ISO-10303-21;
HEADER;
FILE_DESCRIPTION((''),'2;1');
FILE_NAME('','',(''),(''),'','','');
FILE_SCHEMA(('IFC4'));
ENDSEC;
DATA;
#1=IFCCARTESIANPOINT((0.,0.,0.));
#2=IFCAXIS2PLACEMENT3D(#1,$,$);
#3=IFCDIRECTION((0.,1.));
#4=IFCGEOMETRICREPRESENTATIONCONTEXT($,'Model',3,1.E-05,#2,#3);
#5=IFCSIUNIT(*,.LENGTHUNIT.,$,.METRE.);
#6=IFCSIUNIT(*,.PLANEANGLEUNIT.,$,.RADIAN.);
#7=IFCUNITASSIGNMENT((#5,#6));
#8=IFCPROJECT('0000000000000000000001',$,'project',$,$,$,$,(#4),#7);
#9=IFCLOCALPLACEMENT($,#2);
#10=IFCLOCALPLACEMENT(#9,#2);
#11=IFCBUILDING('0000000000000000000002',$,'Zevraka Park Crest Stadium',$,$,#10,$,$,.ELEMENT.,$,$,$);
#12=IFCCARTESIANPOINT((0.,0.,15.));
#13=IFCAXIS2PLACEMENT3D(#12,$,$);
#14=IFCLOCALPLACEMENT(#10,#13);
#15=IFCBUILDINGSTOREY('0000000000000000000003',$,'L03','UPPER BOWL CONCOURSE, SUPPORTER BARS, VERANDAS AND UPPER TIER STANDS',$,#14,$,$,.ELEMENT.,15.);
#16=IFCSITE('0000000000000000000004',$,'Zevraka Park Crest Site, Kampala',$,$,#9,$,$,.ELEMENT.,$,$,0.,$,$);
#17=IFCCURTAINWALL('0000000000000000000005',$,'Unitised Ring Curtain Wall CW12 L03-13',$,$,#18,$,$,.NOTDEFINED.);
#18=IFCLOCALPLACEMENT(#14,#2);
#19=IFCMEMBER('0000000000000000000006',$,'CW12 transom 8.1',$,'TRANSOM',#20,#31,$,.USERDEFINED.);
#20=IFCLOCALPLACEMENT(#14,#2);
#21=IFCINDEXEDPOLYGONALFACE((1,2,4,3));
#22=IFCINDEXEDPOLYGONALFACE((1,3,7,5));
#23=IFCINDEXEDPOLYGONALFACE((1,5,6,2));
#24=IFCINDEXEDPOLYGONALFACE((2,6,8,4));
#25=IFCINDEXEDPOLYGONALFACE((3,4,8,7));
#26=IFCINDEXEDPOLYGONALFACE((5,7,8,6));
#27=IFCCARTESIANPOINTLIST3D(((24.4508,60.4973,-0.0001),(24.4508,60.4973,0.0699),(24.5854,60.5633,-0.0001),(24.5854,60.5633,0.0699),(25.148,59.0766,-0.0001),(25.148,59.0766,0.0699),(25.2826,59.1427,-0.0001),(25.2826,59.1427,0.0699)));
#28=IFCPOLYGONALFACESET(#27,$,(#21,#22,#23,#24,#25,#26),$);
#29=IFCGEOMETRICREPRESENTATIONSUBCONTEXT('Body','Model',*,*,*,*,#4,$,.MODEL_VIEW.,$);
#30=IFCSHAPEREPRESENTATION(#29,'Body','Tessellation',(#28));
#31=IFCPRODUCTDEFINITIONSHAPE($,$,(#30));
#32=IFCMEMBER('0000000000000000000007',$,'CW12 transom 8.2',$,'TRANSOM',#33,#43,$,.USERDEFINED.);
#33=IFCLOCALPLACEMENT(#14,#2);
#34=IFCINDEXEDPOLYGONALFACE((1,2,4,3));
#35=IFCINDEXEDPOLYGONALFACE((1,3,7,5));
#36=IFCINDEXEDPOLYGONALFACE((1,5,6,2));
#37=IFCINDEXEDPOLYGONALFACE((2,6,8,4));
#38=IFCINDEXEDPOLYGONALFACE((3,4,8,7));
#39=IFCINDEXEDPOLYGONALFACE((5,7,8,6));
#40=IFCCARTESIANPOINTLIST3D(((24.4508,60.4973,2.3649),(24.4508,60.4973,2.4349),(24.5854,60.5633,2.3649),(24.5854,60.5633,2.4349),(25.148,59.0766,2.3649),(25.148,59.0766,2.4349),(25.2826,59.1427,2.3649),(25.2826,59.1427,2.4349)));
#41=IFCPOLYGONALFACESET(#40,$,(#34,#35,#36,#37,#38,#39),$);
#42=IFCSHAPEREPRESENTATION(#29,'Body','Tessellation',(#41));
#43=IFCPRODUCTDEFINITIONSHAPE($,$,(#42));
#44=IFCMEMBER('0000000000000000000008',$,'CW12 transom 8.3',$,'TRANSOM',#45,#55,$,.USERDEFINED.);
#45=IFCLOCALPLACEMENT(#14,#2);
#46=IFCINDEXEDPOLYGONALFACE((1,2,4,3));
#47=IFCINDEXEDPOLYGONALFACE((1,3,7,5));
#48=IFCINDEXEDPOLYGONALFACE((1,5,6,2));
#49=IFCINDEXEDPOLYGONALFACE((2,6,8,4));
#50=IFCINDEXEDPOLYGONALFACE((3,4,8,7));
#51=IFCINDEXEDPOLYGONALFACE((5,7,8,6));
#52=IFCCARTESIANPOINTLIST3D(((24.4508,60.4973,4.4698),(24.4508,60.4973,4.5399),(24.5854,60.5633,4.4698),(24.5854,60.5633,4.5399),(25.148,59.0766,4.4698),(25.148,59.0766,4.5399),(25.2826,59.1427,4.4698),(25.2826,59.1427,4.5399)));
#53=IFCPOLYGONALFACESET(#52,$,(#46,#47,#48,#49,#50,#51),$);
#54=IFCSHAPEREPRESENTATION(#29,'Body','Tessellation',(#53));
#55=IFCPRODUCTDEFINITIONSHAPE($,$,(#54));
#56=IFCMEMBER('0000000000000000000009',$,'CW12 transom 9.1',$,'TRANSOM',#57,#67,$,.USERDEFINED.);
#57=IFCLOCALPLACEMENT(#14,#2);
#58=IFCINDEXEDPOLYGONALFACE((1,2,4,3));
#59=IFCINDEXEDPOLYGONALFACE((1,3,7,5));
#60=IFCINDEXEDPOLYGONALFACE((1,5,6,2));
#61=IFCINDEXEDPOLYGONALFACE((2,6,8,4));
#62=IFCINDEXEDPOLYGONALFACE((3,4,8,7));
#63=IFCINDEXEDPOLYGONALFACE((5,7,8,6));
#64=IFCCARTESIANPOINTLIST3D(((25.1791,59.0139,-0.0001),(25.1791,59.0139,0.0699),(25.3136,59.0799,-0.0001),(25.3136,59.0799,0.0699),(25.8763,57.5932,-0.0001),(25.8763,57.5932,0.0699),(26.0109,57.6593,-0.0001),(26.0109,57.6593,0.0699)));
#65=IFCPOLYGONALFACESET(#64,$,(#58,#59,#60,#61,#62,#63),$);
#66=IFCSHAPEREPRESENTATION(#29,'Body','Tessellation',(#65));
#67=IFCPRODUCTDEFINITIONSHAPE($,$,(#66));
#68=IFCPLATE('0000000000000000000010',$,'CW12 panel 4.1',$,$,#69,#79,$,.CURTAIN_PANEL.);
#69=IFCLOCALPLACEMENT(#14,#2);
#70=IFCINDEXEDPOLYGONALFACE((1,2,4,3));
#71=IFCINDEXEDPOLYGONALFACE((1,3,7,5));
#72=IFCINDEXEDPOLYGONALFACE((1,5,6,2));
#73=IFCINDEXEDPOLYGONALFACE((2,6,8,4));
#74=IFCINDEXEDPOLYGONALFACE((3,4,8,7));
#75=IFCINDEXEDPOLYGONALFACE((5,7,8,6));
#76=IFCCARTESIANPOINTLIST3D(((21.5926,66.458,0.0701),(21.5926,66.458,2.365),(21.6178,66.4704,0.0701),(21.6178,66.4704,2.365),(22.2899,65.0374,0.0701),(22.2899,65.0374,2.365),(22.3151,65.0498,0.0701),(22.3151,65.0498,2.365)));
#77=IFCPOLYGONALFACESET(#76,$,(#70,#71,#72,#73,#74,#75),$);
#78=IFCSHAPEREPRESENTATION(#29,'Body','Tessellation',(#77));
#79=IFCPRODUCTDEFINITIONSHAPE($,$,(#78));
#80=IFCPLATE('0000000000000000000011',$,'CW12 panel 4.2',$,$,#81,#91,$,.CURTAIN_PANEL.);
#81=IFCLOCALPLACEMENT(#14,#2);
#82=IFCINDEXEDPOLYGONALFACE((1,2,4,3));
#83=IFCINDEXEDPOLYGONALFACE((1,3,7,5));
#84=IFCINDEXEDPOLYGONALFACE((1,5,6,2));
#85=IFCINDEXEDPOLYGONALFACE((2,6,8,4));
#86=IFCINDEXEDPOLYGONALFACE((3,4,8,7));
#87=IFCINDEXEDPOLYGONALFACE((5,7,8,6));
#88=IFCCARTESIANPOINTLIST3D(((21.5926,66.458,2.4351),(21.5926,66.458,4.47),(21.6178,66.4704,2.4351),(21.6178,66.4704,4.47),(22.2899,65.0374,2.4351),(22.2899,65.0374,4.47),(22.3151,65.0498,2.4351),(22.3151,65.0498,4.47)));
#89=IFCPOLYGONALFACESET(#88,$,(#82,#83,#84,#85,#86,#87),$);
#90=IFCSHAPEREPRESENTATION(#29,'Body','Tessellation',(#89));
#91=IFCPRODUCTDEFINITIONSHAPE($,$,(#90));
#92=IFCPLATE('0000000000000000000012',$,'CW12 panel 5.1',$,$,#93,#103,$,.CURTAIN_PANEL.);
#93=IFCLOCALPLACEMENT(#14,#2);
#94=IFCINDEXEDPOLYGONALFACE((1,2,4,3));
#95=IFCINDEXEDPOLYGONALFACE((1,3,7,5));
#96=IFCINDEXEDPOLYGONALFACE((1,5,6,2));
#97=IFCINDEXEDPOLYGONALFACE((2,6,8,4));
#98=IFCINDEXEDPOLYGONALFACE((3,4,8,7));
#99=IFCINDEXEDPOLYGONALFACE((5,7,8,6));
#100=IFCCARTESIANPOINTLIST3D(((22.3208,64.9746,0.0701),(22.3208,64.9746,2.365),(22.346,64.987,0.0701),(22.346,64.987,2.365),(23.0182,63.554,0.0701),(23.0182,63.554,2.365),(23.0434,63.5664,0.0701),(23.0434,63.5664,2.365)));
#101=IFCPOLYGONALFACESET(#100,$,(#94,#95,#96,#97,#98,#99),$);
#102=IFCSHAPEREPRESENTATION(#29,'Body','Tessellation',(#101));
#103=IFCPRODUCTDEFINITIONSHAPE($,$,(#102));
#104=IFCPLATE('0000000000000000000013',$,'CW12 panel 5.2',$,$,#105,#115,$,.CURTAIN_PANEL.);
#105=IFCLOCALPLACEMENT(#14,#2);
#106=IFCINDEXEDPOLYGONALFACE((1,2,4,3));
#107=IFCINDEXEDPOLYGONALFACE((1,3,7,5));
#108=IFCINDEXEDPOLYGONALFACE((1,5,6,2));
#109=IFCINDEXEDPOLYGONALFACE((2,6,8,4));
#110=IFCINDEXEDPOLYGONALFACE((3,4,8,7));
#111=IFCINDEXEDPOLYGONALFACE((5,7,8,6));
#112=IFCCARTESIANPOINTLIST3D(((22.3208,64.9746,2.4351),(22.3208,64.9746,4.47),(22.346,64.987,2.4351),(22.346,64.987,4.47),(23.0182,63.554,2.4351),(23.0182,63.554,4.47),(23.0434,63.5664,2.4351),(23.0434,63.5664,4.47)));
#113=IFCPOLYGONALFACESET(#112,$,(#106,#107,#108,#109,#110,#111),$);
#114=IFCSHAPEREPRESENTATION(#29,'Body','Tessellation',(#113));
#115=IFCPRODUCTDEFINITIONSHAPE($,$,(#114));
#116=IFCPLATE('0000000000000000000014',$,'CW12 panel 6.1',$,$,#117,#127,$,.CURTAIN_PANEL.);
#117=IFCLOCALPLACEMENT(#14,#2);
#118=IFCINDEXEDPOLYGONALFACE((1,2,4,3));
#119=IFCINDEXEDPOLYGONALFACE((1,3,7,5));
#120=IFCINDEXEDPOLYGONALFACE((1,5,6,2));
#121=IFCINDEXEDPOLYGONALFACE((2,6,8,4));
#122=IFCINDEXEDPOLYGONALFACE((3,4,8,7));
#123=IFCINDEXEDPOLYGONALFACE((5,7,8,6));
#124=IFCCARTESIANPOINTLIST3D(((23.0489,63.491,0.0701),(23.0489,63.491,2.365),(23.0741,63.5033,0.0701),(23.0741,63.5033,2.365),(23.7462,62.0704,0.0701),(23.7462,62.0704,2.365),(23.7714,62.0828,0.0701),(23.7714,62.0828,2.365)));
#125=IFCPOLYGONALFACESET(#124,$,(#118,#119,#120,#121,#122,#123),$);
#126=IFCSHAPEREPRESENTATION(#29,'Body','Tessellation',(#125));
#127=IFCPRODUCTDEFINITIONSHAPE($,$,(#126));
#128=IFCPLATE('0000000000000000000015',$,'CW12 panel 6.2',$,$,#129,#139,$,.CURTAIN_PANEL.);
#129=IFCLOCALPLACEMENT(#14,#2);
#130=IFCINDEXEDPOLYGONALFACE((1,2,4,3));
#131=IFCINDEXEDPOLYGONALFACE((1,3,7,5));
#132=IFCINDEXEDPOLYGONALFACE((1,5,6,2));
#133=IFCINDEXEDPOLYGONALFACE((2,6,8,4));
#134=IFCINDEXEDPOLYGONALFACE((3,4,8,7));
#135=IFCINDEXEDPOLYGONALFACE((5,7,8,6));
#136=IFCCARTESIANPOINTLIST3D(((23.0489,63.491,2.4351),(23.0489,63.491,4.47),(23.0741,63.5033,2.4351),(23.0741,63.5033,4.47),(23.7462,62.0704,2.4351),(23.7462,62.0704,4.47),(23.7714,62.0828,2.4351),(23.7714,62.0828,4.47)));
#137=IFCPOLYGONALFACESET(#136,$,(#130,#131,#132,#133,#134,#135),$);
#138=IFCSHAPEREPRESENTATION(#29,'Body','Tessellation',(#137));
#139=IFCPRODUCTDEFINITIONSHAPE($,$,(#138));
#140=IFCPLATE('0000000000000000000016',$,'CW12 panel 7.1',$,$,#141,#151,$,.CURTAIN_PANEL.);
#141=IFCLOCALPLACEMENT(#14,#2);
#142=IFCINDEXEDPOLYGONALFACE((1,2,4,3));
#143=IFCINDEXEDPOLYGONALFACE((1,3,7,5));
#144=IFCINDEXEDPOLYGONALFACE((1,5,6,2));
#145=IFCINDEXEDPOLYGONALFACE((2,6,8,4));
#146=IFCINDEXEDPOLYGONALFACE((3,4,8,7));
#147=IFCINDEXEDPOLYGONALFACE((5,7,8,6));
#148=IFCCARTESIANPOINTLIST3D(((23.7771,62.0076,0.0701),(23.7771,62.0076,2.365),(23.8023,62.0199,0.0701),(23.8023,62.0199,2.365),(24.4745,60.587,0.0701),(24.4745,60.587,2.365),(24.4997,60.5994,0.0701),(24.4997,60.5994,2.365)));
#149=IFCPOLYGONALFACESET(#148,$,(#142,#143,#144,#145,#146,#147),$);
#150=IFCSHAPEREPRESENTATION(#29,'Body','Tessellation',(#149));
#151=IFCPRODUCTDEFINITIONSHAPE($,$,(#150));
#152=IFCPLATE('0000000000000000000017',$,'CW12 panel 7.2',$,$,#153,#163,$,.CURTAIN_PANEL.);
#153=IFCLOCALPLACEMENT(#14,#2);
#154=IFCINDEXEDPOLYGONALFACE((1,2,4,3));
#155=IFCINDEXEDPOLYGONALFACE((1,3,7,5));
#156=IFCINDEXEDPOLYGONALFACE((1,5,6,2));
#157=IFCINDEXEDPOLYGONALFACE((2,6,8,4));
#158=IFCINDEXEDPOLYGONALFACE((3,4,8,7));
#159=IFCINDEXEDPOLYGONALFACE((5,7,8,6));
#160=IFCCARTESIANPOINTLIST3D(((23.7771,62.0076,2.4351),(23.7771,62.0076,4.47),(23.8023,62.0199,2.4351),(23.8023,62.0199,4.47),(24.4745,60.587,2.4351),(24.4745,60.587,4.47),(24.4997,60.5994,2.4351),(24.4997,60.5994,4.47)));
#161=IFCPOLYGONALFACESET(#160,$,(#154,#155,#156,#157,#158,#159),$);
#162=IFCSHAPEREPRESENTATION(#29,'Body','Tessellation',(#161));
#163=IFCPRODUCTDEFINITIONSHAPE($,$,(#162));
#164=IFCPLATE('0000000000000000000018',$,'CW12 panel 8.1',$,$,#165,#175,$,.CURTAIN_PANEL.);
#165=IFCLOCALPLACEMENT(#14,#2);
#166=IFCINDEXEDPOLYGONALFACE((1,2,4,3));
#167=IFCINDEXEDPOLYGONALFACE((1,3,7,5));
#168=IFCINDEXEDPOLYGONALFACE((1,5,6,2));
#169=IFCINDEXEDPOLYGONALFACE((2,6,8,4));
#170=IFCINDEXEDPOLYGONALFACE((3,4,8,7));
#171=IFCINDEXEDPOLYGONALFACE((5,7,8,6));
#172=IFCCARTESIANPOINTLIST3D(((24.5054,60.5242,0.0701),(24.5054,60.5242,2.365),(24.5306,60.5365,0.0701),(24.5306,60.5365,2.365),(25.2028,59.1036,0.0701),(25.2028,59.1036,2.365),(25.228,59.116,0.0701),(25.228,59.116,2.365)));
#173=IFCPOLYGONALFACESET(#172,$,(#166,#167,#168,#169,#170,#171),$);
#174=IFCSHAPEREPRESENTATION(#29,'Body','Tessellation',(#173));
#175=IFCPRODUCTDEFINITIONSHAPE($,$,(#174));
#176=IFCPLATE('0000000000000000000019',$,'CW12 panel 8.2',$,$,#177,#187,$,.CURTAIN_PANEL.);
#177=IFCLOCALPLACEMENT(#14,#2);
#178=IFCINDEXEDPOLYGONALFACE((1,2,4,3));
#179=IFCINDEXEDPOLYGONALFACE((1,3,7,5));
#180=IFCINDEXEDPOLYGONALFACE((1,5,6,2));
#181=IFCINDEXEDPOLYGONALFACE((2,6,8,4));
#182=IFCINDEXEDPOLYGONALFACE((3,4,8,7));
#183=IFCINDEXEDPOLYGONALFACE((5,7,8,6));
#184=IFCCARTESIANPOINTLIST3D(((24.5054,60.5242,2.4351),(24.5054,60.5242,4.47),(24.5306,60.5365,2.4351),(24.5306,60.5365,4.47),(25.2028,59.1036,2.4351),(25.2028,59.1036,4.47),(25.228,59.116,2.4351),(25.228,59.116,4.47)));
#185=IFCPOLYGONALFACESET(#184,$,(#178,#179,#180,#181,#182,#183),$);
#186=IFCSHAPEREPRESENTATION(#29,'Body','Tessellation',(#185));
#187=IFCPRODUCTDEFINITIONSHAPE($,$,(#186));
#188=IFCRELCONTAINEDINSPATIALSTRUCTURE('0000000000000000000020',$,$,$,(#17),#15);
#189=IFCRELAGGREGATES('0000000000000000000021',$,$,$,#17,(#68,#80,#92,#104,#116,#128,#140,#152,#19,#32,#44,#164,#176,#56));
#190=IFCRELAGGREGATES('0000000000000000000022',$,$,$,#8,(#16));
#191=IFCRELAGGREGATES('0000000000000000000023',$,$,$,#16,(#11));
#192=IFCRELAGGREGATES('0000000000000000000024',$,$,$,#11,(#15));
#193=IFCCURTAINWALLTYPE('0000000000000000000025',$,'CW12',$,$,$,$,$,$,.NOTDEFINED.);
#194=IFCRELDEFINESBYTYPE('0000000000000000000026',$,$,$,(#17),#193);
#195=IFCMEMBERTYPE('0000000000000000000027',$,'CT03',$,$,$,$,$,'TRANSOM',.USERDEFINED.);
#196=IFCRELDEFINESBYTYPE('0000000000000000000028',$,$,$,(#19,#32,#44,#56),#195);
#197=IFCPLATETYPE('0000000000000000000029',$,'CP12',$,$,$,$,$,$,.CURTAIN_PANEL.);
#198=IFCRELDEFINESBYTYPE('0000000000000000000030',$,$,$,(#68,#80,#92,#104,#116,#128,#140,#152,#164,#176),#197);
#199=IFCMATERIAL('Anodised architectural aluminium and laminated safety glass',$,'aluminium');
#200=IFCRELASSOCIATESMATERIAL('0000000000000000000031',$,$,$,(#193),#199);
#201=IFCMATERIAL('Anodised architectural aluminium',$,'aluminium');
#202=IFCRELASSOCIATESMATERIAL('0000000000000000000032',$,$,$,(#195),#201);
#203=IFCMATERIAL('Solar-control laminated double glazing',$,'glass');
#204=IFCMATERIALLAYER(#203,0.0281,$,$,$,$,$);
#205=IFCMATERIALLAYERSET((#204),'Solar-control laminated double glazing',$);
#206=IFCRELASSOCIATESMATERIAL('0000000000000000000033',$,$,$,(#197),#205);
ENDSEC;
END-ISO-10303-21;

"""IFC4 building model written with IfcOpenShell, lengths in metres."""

from ifc_helpers import new_model, si_unit, direction, frame, origin, origin_2d, place, context, subcontext, project, spatial, rectangle, extrude, material, layer, layer_set, material_profile, profile_set, type_object, element, aggregate, save


model = new_model("IFC4")

# Units and contexts
model_context = context("Model", 3, precision=1e-05, world=origin(), true_north=direction((0.0, 1.0)))
body_context = subcontext(model_context, "Body", "Model", "MODEL_VIEW")
ifc_project = project(units=[si_unit("LENGTHUNIT", "METRE"), si_unit("PLANEANGLEUNIT", "RADIAN")], contexts=[model_context])

# Site, building, storey
site_placement = place(None, origin())
site = spatial("IfcSite", under=ifc_project, at=site_placement, Name="Zevraka Park Crest Site, Kampala", CompositionType="ELEMENT", RefElevation=0.0)
building_placement = place(site_placement, origin())
building = spatial("IfcBuilding", under=site, at=building_placement, Name="Zevraka Park Crest Stadium", CompositionType="ELEMENT")
storey_placement = place(building_placement, frame((0.0, 0.0, 15.0)))
storey = spatial("IfcBuildingStorey", under=building, at=storey_placement, Name="L03", Description="UPPER BOWL CONCOURSE, SUPPORTER BARS, VERANDAS AND UPPER TIER STANDS", CompositionType="ELEMENT", Elevation=15.0)

# Curtain wall, members, plates
ifc_material_1 = material(Name="Anodised architectural aluminium and laminated safety glass", Category="aluminium")
curtain_wall_type = type_object("IfcCurtainWallType", Name="CW12", PredefinedType="NOTDEFINED", material=ifc_material_1)
curtain_wall_placement = place(storey_placement, origin())
curtain_wall = element("IfcCurtainWall", 1, at=curtain_wall_placement, inside=storey, type_object=curtain_wall_type, Name="Unitised Ring Curtain Wall CW12 L03-13", PredefinedType="NOTDEFINED")
ifc_material_2 = material(Name="Anodised architectural aluminium", Category="aluminium")
ifc_material_profile_1 = material_profile(ifc_material_2, rectangle(XDim=0.1499, YDim=0.0701, at=origin_2d()), Name="ALU TRANSOM 150x70")
ifc_profile_set_1 = profile_set([ifc_material_profile_1], Name="Anodised architectural aluminium")
member_type_1 = type_object("IfcMemberType", Name="CT03", ElementType="TRANSOM", PredefinedType="USERDEFINED", material=ifc_profile_set_1)
member_1_placement = place(storey_placement, frame((24.5181, 60.5303, 0.0349), z_axis=(0.440599, -0.897704, 0.0), x_axis=(0.897704, 0.440599, 0.0)))
member_1 = element("IfcMember", 2, at=member_1_placement, type_object=member_type_1, Name="CW12 transom 8.1", ObjectType="TRANSOM", PredefinedType="USERDEFINED", context=body_context, shape_type="SweptSolid", body=[
    extrude(rectangle(XDim=0.1499, YDim=0.0701, at=origin_2d()), origin(), (0.0, 0.0, 1.0), 1.5825),
])
member_2_placement = place(storey_placement, frame((24.5181, 60.5303, 2.3999), z_axis=(0.440599, -0.897704, 0.0), x_axis=(0.897704, 0.440599, 0.0)))
member_2 = element("IfcMember", 3, at=member_2_placement, type_object=member_type_1, Name="CW12 transom 8.2", ObjectType="TRANSOM", PredefinedType="USERDEFINED", context=body_context, shape_type="SweptSolid", body=[
    extrude(rectangle(XDim=0.1499, YDim=0.0701, at=origin_2d()), origin(), (0.0, 0.0, 1.0), 1.5825),
])
member_3_placement = place(storey_placement, frame((24.5181, 60.5303, 4.5049), z_axis=(0.440599, -0.897704, 0.0), x_axis=(0.897704, 0.440599, 0.0)))
member_3 = element("IfcMember", 4, at=member_3_placement, type_object=member_type_1, Name="CW12 transom 8.3", ObjectType="TRANSOM", PredefinedType="USERDEFINED", context=body_context, shape_type="SweptSolid", body=[
    extrude(rectangle(XDim=0.1499, YDim=0.0701, at=origin_2d()), origin(), (0.0, 0.0, 1.0), 1.5825),
])
member_4_placement = place(storey_placement, frame((25.2463, 59.0469, 0.0349), z_axis=(0.440599, -0.897704, 0.0), x_axis=(0.897704, 0.440599, 0.0)))
member_4 = element("IfcMember", 5, at=member_4_placement, type_object=member_type_1, Name="CW12 transom 9.1", ObjectType="TRANSOM", PredefinedType="USERDEFINED", context=body_context, shape_type="SweptSolid", body=[
    extrude(rectangle(XDim=0.1499, YDim=0.0701, at=origin_2d()), origin(), (0.0, 0.0, 1.0), 1.5825),
])
ifc_material_3 = material(Name="Solar-control laminated double glazing", Category="glass")
ifc_layer_1 = layer(ifc_material_3, 0.0281)
ifc_layer_set_1 = layer_set([ifc_layer_1], Name="Solar-control laminated double glazing")
plate_type = type_object("IfcPlateType", Name="CP12", PredefinedType="CURTAIN_PANEL", material=ifc_layer_set_1)
plate_1_placement = place(storey_placement, frame((21.9539, 65.7539, 0.0701), z_axis=(0.0, 0.0, 1.0), x_axis=(0.440666, -0.897671, 0.0)))
plate_1 = element("IfcPlate", 6, at=plate_1_placement, type_object=plate_type, Name="CW12 panel 4.1", PredefinedType="CURTAIN_PANEL", context=body_context, shape_type="SweptSolid", body=[
    extrude(rectangle(XDim=1.5825, YDim=0.0281, at=origin_2d()), origin(), (0.0, 0.0, 1.0), 2.2949),
])
plate_2_placement = place(storey_placement, frame((21.9539, 65.7539, 2.4351), z_axis=(0.0, 0.0, 1.0), x_axis=(0.440666, -0.897671, 0.0)))
plate_2 = element("IfcPlate", 7, at=plate_2_placement, type_object=plate_type, Name="CW12 panel 4.2", PredefinedType="CURTAIN_PANEL", context=body_context, shape_type="SweptSolid", body=[
    extrude(rectangle(XDim=1.5825, YDim=0.0281, at=origin_2d()), origin(), (0.0, 0.0, 1.0), 2.0349),
])
plate_3_placement = place(storey_placement, frame((22.6821, 64.2705, 0.0701), z_axis=(0.0, 0.0, 1.0), x_axis=(0.440666, -0.897671, 0.0)))
plate_3 = element("IfcPlate", 8, at=plate_3_placement, type_object=plate_type, Name="CW12 panel 5.1", PredefinedType="CURTAIN_PANEL", context=body_context, shape_type="SweptSolid", body=[
    extrude(rectangle(XDim=1.5825, YDim=0.0281, at=origin_2d()), origin(), (0.0, 0.0, 1.0), 2.2949),
])
plate_4_placement = place(storey_placement, frame((22.6821, 64.2705, 2.4351), z_axis=(0.0, 0.0, 1.0), x_axis=(0.440666, -0.897671, 0.0)))
plate_4 = element("IfcPlate", 9, at=plate_4_placement, type_object=plate_type, Name="CW12 panel 5.2", PredefinedType="CURTAIN_PANEL", context=body_context, shape_type="SweptSolid", body=[
    extrude(rectangle(XDim=1.5825, YDim=0.0281, at=origin_2d()), origin(), (0.0, 0.0, 1.0), 2.0349),
])
plate_5_placement = place(storey_placement, frame((23.4102, 62.7869, 0.0701), z_axis=(0.0, 0.0, 1.0), x_axis=(0.440666, -0.897671, 0.0)))
plate_5 = element("IfcPlate", 10, at=plate_5_placement, type_object=plate_type, Name="CW12 panel 6.1", PredefinedType="CURTAIN_PANEL", context=body_context, shape_type="SweptSolid", body=[
    extrude(rectangle(XDim=1.5825, YDim=0.0281, at=origin_2d()), origin(), (0.0, 0.0, 1.0), 2.2949),
])
plate_6_placement = place(storey_placement, frame((23.4102, 62.7869, 2.4351), z_axis=(0.0, 0.0, 1.0), x_axis=(0.440666, -0.897671, 0.0)))
plate_6 = element("IfcPlate", 11, at=plate_6_placement, type_object=plate_type, Name="CW12 panel 6.2", PredefinedType="CURTAIN_PANEL", context=body_context, shape_type="SweptSolid", body=[
    extrude(rectangle(XDim=1.5825, YDim=0.0281, at=origin_2d()), origin(), (0.0, 0.0, 1.0), 2.0349),
])
plate_7_placement = place(storey_placement, frame((24.1384, 61.3035, 0.0701), z_axis=(0.0, 0.0, 1.0), x_axis=(0.440666, -0.897671, 0.0)))
plate_7 = element("IfcPlate", 12, at=plate_7_placement, type_object=plate_type, Name="CW12 panel 7.1", PredefinedType="CURTAIN_PANEL", context=body_context, shape_type="SweptSolid", body=[
    extrude(rectangle(XDim=1.5825, YDim=0.0281, at=origin_2d()), origin(), (0.0, 0.0, 1.0), 2.2949),
])
plate_8_placement = place(storey_placement, frame((24.1384, 61.3035, 2.4351), z_axis=(0.0, 0.0, 1.0), x_axis=(0.440666, -0.897671, 0.0)))
plate_8 = element("IfcPlate", 13, at=plate_8_placement, type_object=plate_type, Name="CW12 panel 7.2", PredefinedType="CURTAIN_PANEL", context=body_context, shape_type="SweptSolid", body=[
    extrude(rectangle(XDim=1.5825, YDim=0.0281, at=origin_2d()), origin(), (0.0, 0.0, 1.0), 2.0349),
])
plate_9_placement = place(storey_placement, frame((24.8667, 59.8201, 0.0701), z_axis=(0.0, 0.0, 1.0), x_axis=(0.440666, -0.897671, 0.0)))
plate_9 = element("IfcPlate", 14, at=plate_9_placement, type_object=plate_type, Name="CW12 panel 8.1", PredefinedType="CURTAIN_PANEL", context=body_context, shape_type="SweptSolid", body=[
    extrude(rectangle(XDim=1.5825, YDim=0.0281, at=origin_2d()), origin(), (0.0, 0.0, 1.0), 2.2949),
])
plate_10_placement = place(storey_placement, frame((24.8667, 59.8201, 2.4351), z_axis=(0.0, 0.0, 1.0), x_axis=(0.440666, -0.897671, 0.0)))
plate_10 = element("IfcPlate", 15, at=plate_10_placement, type_object=plate_type, Name="CW12 panel 8.2", PredefinedType="CURTAIN_PANEL", context=body_context, shape_type="SweptSolid", body=[
    extrude(rectangle(XDim=1.5825, YDim=0.0281, at=origin_2d()), origin(), (0.0, 0.0, 1.0), 2.0349),
])
aggregate(curtain_wall, [plate_1, plate_2, plate_3, plate_4, plate_5, plate_6, plate_7, plate_8, member_1, member_2, member_3, plate_9, plate_10, member_4])

save(model, "model.ifc")
